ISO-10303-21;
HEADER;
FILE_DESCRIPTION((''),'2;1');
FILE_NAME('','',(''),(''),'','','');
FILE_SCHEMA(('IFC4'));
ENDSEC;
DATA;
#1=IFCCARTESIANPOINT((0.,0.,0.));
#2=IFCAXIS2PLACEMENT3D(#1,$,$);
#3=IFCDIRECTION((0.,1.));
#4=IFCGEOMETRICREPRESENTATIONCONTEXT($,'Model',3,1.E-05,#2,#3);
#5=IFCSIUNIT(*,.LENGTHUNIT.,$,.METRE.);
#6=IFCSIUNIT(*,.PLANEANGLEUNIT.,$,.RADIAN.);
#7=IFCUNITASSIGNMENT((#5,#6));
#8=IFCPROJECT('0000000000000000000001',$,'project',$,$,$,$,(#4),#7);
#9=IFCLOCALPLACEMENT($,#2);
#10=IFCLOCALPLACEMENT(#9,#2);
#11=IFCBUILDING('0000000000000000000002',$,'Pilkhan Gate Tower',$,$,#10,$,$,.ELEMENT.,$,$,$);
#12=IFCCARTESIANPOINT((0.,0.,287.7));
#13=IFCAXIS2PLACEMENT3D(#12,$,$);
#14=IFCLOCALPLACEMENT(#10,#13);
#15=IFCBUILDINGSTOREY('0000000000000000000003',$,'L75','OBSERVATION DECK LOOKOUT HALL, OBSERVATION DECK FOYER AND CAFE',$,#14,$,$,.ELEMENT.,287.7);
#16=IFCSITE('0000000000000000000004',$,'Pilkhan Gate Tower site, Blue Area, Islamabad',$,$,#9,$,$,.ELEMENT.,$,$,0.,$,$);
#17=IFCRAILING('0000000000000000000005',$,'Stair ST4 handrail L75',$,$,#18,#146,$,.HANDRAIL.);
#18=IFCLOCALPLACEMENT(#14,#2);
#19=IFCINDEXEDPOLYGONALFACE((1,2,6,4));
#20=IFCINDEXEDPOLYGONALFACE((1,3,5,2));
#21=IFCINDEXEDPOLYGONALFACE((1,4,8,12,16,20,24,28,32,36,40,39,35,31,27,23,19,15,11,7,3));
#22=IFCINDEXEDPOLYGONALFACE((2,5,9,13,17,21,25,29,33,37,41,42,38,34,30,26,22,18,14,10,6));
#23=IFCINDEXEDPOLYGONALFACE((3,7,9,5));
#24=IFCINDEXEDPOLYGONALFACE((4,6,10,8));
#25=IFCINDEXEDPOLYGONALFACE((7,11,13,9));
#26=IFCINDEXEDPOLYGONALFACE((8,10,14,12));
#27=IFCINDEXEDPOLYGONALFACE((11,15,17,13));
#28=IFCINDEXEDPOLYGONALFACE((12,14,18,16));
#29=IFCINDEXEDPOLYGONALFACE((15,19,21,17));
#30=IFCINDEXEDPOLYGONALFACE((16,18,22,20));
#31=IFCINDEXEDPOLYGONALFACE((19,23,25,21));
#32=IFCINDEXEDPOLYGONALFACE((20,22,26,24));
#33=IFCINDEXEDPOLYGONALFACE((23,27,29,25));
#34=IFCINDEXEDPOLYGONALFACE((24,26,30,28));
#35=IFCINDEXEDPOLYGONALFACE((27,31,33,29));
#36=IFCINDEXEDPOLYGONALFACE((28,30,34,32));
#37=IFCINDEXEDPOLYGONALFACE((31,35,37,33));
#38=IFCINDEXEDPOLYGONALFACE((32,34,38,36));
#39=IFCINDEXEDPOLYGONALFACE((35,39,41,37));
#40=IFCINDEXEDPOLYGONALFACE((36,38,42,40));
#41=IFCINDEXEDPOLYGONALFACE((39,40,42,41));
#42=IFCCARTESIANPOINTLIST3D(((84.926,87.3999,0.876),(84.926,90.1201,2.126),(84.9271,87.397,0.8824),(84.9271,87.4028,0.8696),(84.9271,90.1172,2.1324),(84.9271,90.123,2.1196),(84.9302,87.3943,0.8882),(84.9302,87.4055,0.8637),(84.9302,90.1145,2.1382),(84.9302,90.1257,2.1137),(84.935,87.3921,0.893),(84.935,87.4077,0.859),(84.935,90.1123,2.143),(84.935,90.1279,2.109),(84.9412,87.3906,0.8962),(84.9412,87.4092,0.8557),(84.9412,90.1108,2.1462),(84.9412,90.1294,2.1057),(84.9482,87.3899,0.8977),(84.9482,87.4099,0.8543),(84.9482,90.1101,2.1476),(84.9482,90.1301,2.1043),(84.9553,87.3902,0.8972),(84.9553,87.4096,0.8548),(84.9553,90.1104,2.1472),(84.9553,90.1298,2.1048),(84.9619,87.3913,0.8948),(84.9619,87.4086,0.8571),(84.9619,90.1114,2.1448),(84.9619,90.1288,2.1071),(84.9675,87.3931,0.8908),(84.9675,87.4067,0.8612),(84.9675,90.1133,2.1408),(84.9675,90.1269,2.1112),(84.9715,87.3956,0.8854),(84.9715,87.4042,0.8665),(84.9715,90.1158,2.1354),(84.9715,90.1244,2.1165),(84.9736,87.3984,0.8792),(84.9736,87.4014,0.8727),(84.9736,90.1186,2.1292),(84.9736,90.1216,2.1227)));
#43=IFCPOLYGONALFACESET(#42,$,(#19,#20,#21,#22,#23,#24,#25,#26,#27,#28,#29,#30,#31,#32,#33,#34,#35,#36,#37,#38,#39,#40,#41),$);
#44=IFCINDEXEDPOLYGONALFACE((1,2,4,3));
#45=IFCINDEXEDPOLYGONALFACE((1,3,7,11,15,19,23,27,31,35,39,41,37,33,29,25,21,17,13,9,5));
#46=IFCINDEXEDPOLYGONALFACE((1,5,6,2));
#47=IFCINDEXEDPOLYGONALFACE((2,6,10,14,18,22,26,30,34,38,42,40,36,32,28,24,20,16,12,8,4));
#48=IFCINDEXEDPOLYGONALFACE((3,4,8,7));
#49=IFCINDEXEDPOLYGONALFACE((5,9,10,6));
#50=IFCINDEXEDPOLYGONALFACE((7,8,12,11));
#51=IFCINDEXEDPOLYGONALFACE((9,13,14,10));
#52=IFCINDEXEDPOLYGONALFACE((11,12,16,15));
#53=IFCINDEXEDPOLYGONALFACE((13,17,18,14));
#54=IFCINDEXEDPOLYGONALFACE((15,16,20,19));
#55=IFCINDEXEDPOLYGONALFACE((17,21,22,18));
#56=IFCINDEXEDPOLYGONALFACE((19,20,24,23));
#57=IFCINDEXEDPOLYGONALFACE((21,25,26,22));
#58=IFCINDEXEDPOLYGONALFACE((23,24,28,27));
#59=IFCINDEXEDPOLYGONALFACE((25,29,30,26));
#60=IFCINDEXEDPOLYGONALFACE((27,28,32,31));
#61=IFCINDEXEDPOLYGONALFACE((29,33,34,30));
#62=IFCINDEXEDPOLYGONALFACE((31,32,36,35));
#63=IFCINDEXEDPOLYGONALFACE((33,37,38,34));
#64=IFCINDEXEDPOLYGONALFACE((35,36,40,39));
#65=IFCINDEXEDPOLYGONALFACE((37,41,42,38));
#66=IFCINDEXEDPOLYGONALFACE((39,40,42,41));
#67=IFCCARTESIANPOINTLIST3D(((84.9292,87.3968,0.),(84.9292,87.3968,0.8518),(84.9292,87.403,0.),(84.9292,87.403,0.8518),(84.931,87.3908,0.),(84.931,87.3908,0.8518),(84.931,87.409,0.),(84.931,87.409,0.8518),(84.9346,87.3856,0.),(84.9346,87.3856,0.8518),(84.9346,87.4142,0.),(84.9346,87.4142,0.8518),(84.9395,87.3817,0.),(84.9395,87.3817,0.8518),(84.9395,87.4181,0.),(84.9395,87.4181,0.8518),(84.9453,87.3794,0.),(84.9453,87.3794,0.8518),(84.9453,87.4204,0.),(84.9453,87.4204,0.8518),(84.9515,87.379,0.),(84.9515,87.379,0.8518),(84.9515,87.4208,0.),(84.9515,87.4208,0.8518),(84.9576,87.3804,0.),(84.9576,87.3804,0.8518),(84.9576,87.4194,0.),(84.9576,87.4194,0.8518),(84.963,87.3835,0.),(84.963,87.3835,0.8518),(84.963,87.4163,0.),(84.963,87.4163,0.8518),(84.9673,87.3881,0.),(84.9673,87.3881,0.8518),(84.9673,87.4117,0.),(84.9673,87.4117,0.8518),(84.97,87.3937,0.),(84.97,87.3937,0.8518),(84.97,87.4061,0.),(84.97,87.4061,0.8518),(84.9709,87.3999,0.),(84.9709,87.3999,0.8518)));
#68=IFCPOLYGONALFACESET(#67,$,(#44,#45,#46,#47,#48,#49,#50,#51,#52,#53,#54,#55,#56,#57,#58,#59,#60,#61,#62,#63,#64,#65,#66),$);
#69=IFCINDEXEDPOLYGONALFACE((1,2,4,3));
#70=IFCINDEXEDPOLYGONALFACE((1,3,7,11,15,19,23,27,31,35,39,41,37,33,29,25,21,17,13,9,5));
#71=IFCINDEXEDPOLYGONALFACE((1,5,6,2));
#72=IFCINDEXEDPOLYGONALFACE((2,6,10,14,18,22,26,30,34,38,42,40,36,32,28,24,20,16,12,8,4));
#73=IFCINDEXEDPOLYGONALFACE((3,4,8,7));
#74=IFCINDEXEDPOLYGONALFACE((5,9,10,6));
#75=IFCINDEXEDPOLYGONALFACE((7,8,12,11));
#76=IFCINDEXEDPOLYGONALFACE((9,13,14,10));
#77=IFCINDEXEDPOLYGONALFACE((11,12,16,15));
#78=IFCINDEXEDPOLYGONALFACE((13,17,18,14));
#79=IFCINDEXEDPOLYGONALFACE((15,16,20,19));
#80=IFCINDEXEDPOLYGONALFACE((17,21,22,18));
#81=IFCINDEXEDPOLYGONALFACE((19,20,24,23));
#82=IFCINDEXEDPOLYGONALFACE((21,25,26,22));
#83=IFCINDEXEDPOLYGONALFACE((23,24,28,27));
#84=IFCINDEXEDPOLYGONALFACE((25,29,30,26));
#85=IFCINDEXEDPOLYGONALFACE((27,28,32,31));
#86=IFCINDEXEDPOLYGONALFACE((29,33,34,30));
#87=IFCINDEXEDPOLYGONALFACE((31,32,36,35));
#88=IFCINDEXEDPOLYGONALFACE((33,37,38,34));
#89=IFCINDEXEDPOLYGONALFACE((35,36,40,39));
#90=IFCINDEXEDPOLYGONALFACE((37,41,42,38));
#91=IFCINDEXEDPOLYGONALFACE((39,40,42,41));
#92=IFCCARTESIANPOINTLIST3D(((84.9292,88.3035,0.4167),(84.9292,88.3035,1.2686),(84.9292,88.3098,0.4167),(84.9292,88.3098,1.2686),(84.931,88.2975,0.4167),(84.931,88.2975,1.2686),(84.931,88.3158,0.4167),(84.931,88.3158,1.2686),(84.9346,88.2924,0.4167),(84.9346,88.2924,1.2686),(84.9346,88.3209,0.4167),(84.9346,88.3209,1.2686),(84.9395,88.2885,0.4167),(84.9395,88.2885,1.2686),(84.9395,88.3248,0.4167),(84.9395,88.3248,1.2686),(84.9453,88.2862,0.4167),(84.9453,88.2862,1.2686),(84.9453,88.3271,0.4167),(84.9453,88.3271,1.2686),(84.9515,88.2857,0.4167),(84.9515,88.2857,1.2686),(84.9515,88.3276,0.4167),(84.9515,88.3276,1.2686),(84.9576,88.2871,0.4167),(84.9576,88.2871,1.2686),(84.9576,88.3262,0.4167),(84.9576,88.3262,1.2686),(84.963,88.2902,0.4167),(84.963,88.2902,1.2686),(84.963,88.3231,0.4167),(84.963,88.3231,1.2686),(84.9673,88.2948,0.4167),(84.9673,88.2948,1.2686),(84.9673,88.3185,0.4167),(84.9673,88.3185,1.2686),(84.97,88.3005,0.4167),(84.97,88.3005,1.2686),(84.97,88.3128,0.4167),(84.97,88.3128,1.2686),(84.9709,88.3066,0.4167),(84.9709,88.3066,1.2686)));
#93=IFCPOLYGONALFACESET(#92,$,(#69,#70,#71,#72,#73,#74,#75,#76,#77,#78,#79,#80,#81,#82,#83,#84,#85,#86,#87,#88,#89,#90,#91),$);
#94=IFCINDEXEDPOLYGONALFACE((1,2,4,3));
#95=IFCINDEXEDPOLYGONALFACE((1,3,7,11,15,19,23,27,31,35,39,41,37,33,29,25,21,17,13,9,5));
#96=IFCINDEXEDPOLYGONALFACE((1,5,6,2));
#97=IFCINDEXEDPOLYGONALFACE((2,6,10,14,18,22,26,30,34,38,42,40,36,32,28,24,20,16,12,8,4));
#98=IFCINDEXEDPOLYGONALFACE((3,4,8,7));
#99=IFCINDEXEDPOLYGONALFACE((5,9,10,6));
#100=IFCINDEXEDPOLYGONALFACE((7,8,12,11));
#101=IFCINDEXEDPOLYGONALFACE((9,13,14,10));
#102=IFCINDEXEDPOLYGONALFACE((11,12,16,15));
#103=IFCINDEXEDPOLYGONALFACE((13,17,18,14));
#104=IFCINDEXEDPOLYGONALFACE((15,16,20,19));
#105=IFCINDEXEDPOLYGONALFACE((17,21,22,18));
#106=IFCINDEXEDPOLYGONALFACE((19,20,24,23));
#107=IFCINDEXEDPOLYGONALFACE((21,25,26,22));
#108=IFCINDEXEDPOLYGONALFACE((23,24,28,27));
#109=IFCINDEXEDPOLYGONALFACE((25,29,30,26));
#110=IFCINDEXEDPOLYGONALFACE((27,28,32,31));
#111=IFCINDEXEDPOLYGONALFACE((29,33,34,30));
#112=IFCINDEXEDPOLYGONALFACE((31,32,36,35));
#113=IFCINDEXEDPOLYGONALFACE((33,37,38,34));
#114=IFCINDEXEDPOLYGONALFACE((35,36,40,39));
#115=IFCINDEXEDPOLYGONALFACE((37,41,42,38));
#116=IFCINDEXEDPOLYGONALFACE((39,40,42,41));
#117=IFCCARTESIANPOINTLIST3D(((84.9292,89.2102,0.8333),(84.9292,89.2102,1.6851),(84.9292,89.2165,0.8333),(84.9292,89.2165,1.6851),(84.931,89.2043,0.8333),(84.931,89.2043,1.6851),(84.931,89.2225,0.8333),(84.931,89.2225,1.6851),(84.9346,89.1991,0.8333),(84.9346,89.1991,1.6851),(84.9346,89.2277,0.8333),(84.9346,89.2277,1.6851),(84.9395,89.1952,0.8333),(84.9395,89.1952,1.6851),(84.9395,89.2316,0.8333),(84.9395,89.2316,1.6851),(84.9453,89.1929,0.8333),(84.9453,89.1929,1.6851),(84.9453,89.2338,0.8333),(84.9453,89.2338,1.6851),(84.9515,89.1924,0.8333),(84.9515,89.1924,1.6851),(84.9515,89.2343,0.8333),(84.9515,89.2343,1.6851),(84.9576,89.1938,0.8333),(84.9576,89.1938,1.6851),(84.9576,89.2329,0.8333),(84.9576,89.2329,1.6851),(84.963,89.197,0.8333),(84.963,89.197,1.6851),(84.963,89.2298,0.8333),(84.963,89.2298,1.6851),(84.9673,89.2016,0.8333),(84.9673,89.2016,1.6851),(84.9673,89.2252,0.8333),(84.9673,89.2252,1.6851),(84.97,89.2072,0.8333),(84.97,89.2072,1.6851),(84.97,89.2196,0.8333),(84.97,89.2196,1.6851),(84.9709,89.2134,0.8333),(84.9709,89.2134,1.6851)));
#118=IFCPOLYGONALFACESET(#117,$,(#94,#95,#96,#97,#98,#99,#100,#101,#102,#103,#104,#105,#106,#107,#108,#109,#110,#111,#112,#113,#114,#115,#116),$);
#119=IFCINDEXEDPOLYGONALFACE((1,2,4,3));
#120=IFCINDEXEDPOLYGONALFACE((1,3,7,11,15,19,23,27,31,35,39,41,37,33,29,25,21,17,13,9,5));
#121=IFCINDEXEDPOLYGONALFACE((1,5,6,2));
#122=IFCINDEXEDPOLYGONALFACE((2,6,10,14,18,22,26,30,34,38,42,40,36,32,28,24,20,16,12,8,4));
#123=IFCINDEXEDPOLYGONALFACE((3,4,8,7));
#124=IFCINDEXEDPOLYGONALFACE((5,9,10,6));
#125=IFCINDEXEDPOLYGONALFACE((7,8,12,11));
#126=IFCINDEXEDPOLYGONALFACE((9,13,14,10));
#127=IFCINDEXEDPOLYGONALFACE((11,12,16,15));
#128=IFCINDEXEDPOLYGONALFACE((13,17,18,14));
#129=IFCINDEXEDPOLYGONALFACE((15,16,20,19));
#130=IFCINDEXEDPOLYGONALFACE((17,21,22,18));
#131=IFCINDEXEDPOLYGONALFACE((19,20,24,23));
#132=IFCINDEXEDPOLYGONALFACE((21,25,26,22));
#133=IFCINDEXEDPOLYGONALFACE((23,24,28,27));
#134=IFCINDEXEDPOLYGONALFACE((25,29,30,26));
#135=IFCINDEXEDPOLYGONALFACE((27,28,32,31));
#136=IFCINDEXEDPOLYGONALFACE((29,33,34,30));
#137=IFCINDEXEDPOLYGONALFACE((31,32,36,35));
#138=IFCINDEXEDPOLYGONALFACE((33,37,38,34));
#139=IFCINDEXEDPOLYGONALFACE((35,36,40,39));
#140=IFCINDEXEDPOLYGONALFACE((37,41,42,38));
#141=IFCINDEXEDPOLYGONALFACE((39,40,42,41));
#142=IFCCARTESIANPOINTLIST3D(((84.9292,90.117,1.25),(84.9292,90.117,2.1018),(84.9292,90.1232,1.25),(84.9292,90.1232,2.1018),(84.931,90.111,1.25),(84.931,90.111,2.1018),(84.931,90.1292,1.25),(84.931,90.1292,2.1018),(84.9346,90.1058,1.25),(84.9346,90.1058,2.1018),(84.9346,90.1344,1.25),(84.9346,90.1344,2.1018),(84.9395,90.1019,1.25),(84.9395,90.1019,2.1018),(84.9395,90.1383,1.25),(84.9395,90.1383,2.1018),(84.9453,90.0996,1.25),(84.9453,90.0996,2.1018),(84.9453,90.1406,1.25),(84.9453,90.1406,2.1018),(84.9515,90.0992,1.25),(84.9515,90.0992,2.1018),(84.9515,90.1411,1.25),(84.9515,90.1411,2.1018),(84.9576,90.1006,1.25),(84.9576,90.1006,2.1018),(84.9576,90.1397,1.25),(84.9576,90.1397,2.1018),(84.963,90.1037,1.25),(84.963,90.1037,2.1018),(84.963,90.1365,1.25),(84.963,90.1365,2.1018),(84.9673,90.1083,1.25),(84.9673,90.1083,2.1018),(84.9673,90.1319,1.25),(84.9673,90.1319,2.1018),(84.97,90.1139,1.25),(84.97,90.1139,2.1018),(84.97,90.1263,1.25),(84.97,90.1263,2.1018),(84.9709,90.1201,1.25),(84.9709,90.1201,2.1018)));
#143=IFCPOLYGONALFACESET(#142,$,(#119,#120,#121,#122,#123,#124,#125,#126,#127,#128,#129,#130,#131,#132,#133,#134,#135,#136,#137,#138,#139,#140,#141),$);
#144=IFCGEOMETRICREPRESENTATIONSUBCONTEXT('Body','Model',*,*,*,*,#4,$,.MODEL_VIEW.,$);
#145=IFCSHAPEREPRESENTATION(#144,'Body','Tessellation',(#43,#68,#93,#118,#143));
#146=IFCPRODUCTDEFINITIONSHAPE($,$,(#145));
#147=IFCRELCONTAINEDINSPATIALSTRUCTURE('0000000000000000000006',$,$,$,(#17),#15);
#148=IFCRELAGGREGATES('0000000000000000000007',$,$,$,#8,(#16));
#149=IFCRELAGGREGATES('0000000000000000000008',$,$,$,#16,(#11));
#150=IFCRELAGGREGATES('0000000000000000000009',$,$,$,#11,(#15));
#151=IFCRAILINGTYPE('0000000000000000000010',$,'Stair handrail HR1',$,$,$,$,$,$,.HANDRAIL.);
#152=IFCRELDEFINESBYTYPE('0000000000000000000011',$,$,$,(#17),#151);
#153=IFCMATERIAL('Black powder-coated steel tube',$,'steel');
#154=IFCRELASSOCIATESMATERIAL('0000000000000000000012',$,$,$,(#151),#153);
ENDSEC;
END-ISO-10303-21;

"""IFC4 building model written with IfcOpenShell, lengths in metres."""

from ifc_helpers import new_model, si_unit, direction, frame, origin, origin_2d, place, context, subcontext, project, spatial, circle, extrude, material, type_object, element, save


model = new_model("IFC4")

# Units and contexts
model_context = context("Model", 3, precision=1e-05, world=origin(), true_north=direction((0.0, 1.0)))
body_context = subcontext(model_context, "Body", "Model", "MODEL_VIEW")
ifc_project = project(units=[si_unit("LENGTHUNIT", "METRE"), si_unit("PLANEANGLEUNIT", "RADIAN")], contexts=[model_context])

# Site, building, storey
site_placement = place(None, origin())
site = spatial("IfcSite", under=ifc_project, at=site_placement, Name="Pilkhan Gate Tower site, Blue Area, Islamabad", CompositionType="ELEMENT", RefElevation=0.0)
building_placement = place(site_placement, origin())
building = spatial("IfcBuilding", under=site, at=building_placement, Name="Pilkhan Gate Tower", CompositionType="ELEMENT")
storey_placement = place(building_placement, frame((0.0, 0.0, 287.7)))
storey = spatial("IfcBuildingStorey", under=building, at=storey_placement, Name="L75", Description="OBSERVATION DECK LOOKOUT HALL, OBSERVATION DECK FOYER AND CAFE", CompositionType="ELEMENT", Elevation=287.7)

# Railing
ifc_material_1 = material(Name="Black powder-coated steel tube", Category="steel")
railing_type_1 = type_object("IfcRailingType", Name="Stair handrail HR1", PredefinedType="HANDRAIL", material=ifc_material_1)
railing_1_placement = place(storey_placement, frame((84.95, 87.3999, 0.0)))
element("IfcRailing", 1, at=railing_1_placement, inside=storey, type_object=railing_type_1, Name="Stair ST4 handrail L75", PredefinedType="HANDRAIL", context=body_context, shape_type="SweptSolid", body=[
    extrude(circle(Radius=0.0239, at=origin_2d()), frame((0.0, 0.0, 0.876), z_axis=(0.0, 0.908655, 0.417547), x_axis=(-1.0, 0.0, 0.0)), (0.0, 0.0, 1.0), 2.9937),
    extrude(circle(Radius=0.021, at=origin_2d()), origin(), (0.0, 0.0, 1.0), 0.8518),
    extrude(circle(Radius=0.021, at=origin_2d()), frame((0.0, 0.9067, 0.4167)), (0.0, 0.0, 1.0), 0.8518),
    extrude(circle(Radius=0.021, at=origin_2d()), frame((0.0, 1.8135, 0.8333)), (0.0, 0.0, 1.0), 0.8518),
    extrude(circle(Radius=0.021, at=origin_2d()), frame((0.0, 2.7202, 1.25)), (0.0, 0.0, 1.0), 0.8518),
])

save(model, "model.ifc")
